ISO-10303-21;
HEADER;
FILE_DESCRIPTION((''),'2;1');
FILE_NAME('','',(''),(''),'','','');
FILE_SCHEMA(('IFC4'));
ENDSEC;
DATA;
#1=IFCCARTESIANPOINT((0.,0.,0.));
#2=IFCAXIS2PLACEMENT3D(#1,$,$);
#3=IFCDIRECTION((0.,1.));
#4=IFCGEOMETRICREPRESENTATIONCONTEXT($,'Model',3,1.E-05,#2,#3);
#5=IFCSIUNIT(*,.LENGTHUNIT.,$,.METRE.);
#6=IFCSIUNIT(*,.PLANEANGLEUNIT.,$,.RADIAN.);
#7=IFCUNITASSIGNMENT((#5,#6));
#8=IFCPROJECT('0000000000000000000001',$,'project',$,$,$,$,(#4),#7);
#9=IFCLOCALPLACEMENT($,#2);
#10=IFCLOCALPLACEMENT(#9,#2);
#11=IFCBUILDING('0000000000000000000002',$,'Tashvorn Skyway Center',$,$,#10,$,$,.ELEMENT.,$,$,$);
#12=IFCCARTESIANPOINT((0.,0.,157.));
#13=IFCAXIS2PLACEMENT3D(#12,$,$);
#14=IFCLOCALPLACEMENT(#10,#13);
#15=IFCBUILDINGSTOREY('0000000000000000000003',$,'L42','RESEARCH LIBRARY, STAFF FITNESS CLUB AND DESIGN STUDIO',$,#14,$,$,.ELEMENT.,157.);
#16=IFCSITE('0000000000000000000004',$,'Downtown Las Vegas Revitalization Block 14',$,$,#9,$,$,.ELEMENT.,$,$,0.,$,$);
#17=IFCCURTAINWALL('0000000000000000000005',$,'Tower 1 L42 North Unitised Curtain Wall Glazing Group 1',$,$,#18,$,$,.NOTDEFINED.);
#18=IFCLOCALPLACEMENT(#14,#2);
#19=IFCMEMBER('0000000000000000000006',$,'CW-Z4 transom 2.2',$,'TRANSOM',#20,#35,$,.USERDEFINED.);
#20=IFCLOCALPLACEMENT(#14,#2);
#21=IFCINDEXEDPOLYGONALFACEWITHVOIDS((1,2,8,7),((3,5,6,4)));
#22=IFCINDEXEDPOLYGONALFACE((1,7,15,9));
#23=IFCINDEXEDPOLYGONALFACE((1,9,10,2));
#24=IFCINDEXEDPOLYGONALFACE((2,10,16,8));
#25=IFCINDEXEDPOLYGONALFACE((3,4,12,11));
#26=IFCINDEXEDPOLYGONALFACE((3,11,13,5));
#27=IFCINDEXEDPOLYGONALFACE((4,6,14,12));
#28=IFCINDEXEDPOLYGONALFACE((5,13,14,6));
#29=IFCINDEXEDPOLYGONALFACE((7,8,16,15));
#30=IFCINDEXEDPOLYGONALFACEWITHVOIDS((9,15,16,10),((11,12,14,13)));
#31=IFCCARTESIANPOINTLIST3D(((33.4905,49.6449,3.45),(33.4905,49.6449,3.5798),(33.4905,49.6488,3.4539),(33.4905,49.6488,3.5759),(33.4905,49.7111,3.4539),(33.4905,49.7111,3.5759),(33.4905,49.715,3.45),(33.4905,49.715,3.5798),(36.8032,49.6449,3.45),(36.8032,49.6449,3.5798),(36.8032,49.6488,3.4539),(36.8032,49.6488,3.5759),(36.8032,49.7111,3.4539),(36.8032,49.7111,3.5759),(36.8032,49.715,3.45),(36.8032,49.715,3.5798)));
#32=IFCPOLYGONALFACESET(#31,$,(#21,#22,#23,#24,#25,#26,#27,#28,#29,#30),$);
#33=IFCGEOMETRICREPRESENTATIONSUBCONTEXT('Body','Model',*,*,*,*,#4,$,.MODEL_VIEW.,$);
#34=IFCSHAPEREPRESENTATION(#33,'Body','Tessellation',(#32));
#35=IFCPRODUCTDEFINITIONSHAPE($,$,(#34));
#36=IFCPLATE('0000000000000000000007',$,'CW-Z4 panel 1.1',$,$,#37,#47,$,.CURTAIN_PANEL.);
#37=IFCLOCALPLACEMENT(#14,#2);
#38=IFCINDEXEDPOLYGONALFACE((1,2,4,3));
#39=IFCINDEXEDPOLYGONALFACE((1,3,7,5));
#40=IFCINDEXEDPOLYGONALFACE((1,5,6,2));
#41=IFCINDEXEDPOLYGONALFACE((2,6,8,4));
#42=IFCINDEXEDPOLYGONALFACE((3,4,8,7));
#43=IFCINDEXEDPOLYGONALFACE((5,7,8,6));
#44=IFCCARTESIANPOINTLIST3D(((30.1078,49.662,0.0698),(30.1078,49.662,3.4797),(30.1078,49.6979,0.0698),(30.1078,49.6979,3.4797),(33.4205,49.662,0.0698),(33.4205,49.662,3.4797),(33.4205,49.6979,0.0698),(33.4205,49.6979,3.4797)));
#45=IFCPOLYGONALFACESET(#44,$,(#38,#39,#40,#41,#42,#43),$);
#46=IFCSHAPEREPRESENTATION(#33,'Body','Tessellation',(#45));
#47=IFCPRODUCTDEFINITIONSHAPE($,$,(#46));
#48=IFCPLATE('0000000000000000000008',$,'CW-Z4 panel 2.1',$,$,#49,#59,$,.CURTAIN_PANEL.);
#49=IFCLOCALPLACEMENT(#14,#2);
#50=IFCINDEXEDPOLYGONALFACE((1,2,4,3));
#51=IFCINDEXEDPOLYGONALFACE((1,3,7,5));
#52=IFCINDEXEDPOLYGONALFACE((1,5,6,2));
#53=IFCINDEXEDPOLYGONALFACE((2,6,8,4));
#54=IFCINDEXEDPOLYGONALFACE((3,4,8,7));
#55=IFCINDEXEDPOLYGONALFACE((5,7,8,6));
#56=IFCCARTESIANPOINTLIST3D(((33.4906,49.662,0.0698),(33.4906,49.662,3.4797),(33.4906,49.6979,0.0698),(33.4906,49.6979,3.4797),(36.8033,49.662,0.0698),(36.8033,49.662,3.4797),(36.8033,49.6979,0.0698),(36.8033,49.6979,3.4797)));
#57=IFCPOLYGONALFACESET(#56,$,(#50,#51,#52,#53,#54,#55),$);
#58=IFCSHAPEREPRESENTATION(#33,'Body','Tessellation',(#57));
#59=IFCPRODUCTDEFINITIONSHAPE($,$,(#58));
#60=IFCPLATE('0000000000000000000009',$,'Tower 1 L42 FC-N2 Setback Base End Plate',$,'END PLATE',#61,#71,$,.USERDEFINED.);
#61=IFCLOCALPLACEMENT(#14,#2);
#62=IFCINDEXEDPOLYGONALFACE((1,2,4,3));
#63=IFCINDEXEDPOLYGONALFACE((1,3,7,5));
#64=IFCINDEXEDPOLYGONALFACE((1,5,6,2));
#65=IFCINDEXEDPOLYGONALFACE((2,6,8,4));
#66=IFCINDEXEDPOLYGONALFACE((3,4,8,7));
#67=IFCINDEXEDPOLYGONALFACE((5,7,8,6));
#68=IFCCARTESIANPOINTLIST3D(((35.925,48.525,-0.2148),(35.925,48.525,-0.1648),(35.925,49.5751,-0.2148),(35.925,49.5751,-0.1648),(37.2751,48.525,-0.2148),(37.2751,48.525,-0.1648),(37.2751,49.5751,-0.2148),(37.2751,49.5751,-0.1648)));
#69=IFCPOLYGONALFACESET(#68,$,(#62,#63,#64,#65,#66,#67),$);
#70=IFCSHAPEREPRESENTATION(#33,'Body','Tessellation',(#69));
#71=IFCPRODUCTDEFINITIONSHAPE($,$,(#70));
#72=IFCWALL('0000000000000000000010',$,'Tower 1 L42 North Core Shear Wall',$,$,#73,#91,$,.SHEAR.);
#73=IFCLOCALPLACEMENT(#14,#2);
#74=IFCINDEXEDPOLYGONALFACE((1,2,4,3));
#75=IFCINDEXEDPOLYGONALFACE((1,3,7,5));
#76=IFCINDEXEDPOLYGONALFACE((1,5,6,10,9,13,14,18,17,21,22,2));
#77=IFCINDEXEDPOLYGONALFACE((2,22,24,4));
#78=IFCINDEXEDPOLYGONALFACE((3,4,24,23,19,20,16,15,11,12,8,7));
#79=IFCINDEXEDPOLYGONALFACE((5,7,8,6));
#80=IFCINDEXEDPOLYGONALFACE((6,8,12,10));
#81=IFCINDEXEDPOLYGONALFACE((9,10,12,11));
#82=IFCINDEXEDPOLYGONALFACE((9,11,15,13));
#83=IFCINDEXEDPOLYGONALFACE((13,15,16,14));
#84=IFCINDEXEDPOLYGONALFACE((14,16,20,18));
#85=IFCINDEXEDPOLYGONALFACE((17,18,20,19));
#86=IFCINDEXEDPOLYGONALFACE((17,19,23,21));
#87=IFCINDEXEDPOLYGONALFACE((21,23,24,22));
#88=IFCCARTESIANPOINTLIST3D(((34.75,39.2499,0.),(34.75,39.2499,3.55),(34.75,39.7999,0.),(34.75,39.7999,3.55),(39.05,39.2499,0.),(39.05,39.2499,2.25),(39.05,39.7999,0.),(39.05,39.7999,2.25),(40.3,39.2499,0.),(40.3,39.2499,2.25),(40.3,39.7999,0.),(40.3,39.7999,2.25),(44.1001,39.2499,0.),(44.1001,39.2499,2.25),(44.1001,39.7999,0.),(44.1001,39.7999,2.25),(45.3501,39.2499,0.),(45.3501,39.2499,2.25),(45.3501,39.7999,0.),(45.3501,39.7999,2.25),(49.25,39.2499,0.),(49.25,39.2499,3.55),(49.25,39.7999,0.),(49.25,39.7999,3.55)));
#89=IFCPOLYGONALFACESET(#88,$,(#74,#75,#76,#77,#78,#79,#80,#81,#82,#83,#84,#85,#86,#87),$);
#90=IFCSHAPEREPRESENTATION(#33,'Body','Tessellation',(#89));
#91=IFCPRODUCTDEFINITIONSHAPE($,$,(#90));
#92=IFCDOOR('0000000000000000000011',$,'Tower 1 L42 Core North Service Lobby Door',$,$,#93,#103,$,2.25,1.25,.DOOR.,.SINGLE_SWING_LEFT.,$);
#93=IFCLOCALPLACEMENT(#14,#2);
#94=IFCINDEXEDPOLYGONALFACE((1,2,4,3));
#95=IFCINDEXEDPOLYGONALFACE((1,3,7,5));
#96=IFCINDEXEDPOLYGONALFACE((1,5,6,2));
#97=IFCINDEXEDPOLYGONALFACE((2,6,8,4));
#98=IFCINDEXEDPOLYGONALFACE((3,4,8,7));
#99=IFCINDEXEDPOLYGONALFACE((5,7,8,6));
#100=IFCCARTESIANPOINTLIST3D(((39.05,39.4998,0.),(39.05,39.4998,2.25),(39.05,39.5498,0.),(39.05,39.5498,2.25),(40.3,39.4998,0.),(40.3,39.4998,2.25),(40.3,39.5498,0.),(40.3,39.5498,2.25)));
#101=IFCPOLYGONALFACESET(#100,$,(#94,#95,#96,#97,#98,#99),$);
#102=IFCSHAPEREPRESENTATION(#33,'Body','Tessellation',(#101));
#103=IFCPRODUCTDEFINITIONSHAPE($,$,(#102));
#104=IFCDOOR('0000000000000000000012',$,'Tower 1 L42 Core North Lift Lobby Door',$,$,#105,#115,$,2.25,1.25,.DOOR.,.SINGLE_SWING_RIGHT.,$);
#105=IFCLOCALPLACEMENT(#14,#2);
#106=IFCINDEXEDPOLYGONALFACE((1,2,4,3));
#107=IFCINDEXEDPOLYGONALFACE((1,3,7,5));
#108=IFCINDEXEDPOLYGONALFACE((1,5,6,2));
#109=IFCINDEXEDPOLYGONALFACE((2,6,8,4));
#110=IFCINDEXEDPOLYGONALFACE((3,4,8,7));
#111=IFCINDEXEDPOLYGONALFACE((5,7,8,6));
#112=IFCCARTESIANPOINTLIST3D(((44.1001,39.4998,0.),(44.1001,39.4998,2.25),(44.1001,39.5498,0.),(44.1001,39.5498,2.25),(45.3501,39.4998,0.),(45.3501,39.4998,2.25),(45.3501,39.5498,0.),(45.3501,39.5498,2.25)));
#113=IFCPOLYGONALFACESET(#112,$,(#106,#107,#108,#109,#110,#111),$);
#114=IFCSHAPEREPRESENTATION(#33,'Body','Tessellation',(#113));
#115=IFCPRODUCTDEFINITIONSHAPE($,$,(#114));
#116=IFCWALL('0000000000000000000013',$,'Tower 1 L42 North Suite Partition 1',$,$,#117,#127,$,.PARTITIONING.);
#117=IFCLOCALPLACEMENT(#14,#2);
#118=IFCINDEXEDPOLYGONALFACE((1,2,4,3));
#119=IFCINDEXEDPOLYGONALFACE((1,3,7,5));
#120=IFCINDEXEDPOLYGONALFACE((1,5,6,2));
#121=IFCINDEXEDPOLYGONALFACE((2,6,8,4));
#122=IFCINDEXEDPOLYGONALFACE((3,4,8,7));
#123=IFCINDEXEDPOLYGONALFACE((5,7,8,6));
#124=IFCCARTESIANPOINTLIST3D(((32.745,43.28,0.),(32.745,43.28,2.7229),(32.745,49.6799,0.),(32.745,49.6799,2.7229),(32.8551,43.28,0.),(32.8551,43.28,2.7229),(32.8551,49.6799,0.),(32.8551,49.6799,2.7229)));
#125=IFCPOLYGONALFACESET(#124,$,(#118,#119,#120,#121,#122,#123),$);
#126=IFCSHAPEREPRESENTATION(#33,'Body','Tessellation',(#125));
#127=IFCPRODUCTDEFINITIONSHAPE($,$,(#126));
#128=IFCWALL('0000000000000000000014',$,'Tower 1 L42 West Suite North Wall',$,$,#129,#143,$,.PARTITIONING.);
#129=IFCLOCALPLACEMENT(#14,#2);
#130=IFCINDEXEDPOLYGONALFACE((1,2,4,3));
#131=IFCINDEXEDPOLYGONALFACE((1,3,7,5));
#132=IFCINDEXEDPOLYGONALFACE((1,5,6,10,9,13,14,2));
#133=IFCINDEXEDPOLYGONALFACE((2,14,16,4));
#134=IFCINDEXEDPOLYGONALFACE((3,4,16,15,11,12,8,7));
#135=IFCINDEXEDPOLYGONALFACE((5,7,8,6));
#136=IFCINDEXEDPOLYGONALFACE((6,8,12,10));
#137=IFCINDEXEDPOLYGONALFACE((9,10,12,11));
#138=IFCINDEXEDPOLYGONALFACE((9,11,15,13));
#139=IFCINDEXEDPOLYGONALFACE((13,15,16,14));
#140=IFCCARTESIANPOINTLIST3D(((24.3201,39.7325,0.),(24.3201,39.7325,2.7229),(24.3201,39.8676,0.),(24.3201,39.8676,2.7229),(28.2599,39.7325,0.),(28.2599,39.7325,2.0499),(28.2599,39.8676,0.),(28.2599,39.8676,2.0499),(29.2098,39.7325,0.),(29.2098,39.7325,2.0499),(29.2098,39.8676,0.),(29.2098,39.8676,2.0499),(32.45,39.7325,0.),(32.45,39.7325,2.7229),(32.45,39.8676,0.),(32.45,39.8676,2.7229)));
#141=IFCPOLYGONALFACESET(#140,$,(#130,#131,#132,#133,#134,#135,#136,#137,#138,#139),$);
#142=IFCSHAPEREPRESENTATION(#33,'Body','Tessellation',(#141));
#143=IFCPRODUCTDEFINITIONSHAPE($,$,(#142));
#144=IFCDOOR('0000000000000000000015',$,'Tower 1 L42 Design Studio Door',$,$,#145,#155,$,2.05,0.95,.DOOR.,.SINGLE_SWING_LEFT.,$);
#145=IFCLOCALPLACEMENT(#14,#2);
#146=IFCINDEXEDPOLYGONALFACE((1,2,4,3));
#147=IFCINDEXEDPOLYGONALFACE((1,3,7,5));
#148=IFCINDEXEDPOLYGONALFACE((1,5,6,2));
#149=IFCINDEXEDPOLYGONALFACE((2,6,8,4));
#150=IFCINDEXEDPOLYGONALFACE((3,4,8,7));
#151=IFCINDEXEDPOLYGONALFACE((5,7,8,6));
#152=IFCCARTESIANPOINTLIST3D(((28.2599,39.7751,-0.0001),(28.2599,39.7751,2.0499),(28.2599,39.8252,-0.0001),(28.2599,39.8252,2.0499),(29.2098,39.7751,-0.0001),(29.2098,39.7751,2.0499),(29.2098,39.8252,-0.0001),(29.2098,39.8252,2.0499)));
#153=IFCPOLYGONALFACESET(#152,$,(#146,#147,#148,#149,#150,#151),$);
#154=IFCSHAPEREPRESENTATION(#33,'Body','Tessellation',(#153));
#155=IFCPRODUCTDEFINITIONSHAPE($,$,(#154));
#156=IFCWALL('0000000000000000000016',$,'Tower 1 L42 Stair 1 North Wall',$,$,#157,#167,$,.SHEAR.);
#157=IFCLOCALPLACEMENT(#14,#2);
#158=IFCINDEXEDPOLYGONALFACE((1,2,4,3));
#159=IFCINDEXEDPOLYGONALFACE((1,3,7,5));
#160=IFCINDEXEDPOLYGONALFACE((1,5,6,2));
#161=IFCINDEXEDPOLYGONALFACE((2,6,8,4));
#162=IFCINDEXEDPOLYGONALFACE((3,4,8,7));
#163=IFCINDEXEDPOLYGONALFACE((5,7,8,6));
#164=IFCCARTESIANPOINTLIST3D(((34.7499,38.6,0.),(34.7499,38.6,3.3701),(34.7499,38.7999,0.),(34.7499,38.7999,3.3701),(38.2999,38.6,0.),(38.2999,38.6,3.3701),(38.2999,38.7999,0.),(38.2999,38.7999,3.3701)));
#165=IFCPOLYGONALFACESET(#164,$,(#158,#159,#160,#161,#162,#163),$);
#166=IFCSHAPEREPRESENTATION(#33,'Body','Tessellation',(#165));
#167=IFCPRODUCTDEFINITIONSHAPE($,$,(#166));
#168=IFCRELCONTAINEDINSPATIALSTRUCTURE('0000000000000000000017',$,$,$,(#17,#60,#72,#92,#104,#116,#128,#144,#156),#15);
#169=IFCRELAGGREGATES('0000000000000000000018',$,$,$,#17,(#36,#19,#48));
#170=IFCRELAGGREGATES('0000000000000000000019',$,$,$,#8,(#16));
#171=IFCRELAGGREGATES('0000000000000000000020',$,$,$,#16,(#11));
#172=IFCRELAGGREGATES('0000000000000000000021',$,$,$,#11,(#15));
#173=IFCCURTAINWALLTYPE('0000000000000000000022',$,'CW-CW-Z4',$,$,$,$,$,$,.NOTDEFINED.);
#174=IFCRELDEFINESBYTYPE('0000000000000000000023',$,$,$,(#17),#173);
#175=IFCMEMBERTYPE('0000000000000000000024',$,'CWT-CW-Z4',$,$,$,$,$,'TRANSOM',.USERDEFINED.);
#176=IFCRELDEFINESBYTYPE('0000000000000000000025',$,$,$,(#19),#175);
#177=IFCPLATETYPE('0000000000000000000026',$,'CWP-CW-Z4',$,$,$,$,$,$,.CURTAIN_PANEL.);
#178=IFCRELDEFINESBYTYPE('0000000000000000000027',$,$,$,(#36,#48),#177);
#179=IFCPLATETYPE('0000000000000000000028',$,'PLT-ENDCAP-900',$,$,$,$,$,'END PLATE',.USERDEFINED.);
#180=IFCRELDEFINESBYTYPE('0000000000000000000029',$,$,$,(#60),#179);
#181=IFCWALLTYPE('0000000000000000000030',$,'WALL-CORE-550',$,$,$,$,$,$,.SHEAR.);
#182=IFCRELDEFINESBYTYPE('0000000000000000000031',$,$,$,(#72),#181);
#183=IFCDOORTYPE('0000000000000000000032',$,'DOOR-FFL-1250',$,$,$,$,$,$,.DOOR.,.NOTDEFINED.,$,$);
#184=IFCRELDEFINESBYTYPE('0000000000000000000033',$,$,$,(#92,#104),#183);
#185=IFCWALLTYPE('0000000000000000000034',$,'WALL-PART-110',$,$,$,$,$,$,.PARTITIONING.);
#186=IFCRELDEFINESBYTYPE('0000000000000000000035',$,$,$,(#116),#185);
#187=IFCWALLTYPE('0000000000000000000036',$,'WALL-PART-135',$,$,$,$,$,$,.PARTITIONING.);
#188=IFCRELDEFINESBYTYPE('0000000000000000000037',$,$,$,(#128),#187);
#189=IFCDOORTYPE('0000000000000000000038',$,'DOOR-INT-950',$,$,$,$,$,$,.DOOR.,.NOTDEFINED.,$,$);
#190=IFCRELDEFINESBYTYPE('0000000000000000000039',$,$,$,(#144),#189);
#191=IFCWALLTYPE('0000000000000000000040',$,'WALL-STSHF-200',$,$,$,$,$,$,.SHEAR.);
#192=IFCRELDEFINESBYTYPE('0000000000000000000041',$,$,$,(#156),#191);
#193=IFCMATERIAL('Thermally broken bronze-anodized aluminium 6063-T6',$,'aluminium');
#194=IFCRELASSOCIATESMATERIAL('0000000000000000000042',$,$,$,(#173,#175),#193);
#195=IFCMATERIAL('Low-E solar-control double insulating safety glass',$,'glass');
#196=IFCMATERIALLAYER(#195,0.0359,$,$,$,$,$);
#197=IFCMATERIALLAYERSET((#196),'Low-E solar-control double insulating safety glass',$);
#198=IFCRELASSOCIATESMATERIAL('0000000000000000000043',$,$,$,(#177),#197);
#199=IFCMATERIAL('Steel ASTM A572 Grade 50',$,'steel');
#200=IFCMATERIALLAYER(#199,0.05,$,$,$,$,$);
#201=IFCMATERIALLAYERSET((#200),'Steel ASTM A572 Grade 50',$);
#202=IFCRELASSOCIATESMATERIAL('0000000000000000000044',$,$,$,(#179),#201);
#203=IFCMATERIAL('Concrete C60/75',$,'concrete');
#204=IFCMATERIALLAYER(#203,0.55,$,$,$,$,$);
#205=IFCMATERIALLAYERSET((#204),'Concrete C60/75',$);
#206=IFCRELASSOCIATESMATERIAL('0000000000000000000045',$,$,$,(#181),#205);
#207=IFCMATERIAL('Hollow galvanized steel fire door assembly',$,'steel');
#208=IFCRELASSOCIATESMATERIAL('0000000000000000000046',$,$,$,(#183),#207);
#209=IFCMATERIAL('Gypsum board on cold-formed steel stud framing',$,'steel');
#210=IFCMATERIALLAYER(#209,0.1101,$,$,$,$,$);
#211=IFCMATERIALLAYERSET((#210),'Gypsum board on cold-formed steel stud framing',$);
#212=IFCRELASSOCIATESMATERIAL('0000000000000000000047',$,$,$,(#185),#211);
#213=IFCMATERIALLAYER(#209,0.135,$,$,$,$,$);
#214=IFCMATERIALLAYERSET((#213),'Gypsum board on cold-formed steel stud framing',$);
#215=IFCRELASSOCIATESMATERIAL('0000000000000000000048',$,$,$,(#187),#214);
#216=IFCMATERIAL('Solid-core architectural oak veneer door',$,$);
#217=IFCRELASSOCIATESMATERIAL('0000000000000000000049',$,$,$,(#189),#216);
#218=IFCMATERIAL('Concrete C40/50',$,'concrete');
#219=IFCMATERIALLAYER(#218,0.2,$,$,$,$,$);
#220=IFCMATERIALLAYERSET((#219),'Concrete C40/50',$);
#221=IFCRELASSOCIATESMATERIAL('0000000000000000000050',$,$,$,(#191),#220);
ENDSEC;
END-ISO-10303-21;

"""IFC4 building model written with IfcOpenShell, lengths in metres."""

from ifc_helpers import new_model, si_unit, direction, frame, frame_2d, origin, origin_2d, place, context, subcontext, project, spatial, rectangle, hollow_rectangle, extrude, material, layer, layer_set, material_profile, profile_set, type_object, element, fill, aggregate, save


model = new_model("IFC4")

# Units and contexts
model_context = context("Model", 3, precision=1e-05, world=origin(), true_north=direction((0.0, 1.0)))
body_context = subcontext(model_context, "Body", "Model", "MODEL_VIEW")
ifc_project = project(units=[si_unit("LENGTHUNIT", "METRE"), si_unit("PLANEANGLEUNIT", "RADIAN")], contexts=[model_context])

# Site, building, storey
site_placement = place(None, origin())
site = spatial("IfcSite", under=ifc_project, at=site_placement, Name="Downtown Las Vegas Revitalization Block 14", CompositionType="ELEMENT", RefElevation=0.0)
building_placement = place(site_placement, origin())
building = spatial("IfcBuilding", under=site, at=building_placement, Name="Tashvorn Skyway Center", CompositionType="ELEMENT")
storey_placement = place(building_placement, frame((0.0, 0.0, 157.0)))
storey = spatial("IfcBuildingStorey", under=building, at=storey_placement, Name="L42", Description="RESEARCH LIBRARY, STAFF FITNESS CLUB AND DESIGN STUDIO", CompositionType="ELEMENT", Elevation=157.0)

# Shared definitions
ifc_material_1 = material(Name="Steel ASTM A572 Grade 50", Category="steel")

# Curtain wall, member, plates
ifc_material_2 = material(Name="Thermally broken bronze-anodized aluminium 6063-T6", Category="aluminium")
curtain_wall_type = type_object("IfcCurtainWallType", Name="CW-CW-Z4", PredefinedType="NOTDEFINED", material=ifc_material_2)
curtain_wall_placement = place(storey_placement, origin())
curtain_wall = element("IfcCurtainWall", 1, at=curtain_wall_placement, inside=storey, type_object=curtain_wall_type, Name="Tower 1 L42 North Unitised Curtain Wall Glazing Group 1", PredefinedType="NOTDEFINED")
ifc_material_profile_1 = material_profile(ifc_material_2, hollow_rectangle(XDim=0.0701, YDim=0.1299, WallThickness=0.0039, at=origin_2d()), Name="ALU-TRAN-70x130")
ifc_profile_set_1 = profile_set([ifc_material_profile_1], Name="Thermally broken bronze-anodized aluminium 6063-T6")
member_type_1 = type_object("IfcMemberType", Name="CWT-CW-Z4", ElementType="TRANSOM", PredefinedType="USERDEFINED", material=ifc_profile_set_1)
member_1_placement = place(storey_placement, frame((33.4905, 49.6799, 3.5149), z_axis=(1.0, 0.0, 0.0), x_axis=(0.0, 1.0, 0.0)))
member_1 = element("IfcMember", 2, at=member_1_placement, type_object=member_type_1, Name="CW-Z4 transom 2.2", ObjectType="TRANSOM", PredefinedType="USERDEFINED", context=body_context, shape_type="SweptSolid", body=[
    extrude(hollow_rectangle(XDim=0.0701, YDim=0.1299, WallThickness=0.0039, at=origin_2d()), origin(), (0.0, 0.0, 1.0), 3.3127),
])
ifc_material_3 = material(Name="Low-E solar-control double insulating safety glass", Category="glass")
ifc_layer_1 = layer(ifc_material_3, 0.0359)
ifc_layer_set_1 = layer_set([ifc_layer_1], Name="Low-E solar-control double insulating safety glass")
plate_type_1 = type_object("IfcPlateType", Name="CWP-CW-Z4", PredefinedType="CURTAIN_PANEL", material=ifc_layer_set_1)
plate_1_placement = place(storey_placement, frame((31.7642, 49.6799, 0.0698), z_axis=(0.0, 0.0, 1.0), x_axis=(1.0, 0.0, 0.0)))
plate_1 = element("IfcPlate", 3, at=plate_1_placement, type_object=plate_type_1, Name="CW-Z4 panel 1.1", PredefinedType="CURTAIN_PANEL", context=body_context, shape_type="SweptSolid", body=[
    extrude(rectangle(XDim=3.3127, YDim=0.0359, at=origin_2d()), origin(), (0.0, 0.0, 1.0), 3.4099),
])
plate_2_placement = place(storey_placement, frame((35.147, 49.6799, 0.0698), z_axis=(0.0, 0.0, 1.0), x_axis=(1.0, 0.0, 0.0)))
plate_2 = element("IfcPlate", 4, at=plate_2_placement, type_object=plate_type_1, Name="CW-Z4 panel 2.1", PredefinedType="CURTAIN_PANEL", context=body_context, shape_type="SweptSolid", body=[
    extrude(rectangle(XDim=3.3127, YDim=0.0359, at=origin_2d()), origin(), (0.0, 0.0, 1.0), 3.4099),
])
aggregate(curtain_wall, [plate_1, member_1, plate_2])

# Plate
ifc_layer_2 = layer(ifc_material_1, 0.05)
ifc_layer_set_2 = layer_set([ifc_layer_2], Name="Steel ASTM A572 Grade 50")
plate_type_2 = type_object("IfcPlateType", Name="PLT-ENDCAP-900", ElementType="END PLATE", PredefinedType="USERDEFINED", material=ifc_layer_set_2)
plate_3_placement = place(storey_placement, frame((36.6001, 49.05, -0.2148), z_axis=(0.0, 0.0, 1.0), x_axis=(1.0, 0.0, 0.0)))
element("IfcPlate", 5, at=plate_3_placement, inside=storey, type_object=plate_type_2, Name="Tower 1 L42 FC-N2 Setback Base End Plate", ObjectType="END PLATE", PredefinedType="USERDEFINED", context=body_context, shape_type="SweptSolid", body=[
    extrude(rectangle(XDim=1.3501, YDim=1.05, at=origin_2d()), origin(), (0.0, 0.0, 1.0), 0.05),
])

# Wall, openings, doors
ifc_material_4 = material(Name="Concrete C60/75", Category="concrete")
ifc_layer_3 = layer(ifc_material_4, 0.55)
ifc_layer_set_3 = layer_set([ifc_layer_3], Name="Concrete C60/75")
wall_type_1 = type_object("IfcWallType", Name="WALL-CORE-550", PredefinedType="SHEAR", material=ifc_layer_set_3)
wall_1_placement = place(storey_placement, frame((34.75, 39.5249, 0.0), z_axis=(0.0, 0.0, 1.0), x_axis=(1.0, 0.0, 0.0)))
wall_1 = element("IfcWall", 6, at=wall_1_placement, inside=storey, type_object=wall_type_1, Name="Tower 1 L42 North Core Shear Wall", PredefinedType="SHEAR", context=body_context, shape_type="SweptSolid", body=[
    extrude(rectangle(XDim=14.5, YDim=0.55, at=frame_2d((7.25, 0.0))), origin(), (0.0, 0.0, 1.0), 3.55),
])
opening_1_placement = place(wall_1_placement, frame((4.3, 0.0, 0.0)))
opening_1 = element("IfcOpeningElement", 7, at=opening_1_placement, cuts=wall_1, PredefinedType="OPENING", context=body_context, shape_type="SweptSolid", body=[
    extrude(rectangle(XDim=1.25, YDim=2.25, at=frame_2d((0.625, 1.125))), frame((0.0, 0.2849, 0.0), z_axis=(0.0, -1.0, 0.0), x_axis=(1.0, 0.0, 0.0)), (0.0, 0.0, 1.0), 0.5701),
])
opening_2_placement = place(wall_1_placement, frame((9.3501, 0.0, 0.0)))
opening_2 = element("IfcOpeningElement", 8, at=opening_2_placement, cuts=wall_1, PredefinedType="OPENING", context=body_context, shape_type="SweptSolid", body=[
    extrude(rectangle(XDim=1.25, YDim=2.25, at=frame_2d((0.625, 1.125))), frame((0.0, 0.2849, 0.0), z_axis=(0.0, -1.0, 0.0), x_axis=(1.0, 0.0, 0.0)), (0.0, 0.0, 1.0), 0.5701),
])
ifc_material_5 = material(Name="Hollow galvanized steel fire door assembly", Category="steel")
door_type_1 = type_object("IfcDoorType", Name="DOOR-FFL-1250", OperationType="NOTDEFINED", PredefinedType="DOOR", material=ifc_material_5)
door_1_placement = place(opening_1_placement, origin())
door_1 = element("IfcDoor", 9, at=door_1_placement, inside=storey, type_object=door_type_1, Name="Tower 1 L42 Core North Service Lobby Door", OperationType="SINGLE_SWING_LEFT", OverallHeight=2.25, OverallWidth=1.25, PredefinedType="DOOR", context=body_context, shape_type="SweptSolid", body=[
    extrude(rectangle(XDim=1.25, YDim=2.25, at=frame_2d((0.625, 1.125))), frame((0.0, 0.0249, 0.0), z_axis=(0.0, -1.0, 0.0), x_axis=(1.0, 0.0, 0.0)), (0.0, 0.0, 1.0), 0.05),
])
fill(opening_1, door_1)
door_2_placement = place(opening_2_placement, origin())
door_2 = element("IfcDoor", 10, at=door_2_placement, inside=storey, type_object=door_type_1, Name="Tower 1 L42 Core North Lift Lobby Door", OperationType="SINGLE_SWING_RIGHT", OverallHeight=2.25, OverallWidth=1.25, PredefinedType="DOOR", context=body_context, shape_type="SweptSolid", body=[
    extrude(rectangle(XDim=1.25, YDim=2.25, at=frame_2d((0.625, 1.125))), frame((0.0, 0.0249, 0.0), z_axis=(0.0, -1.0, 0.0), x_axis=(1.0, 0.0, 0.0)), (0.0, 0.0, 1.0), 0.05),
])
fill(opening_2, door_2)

# Wall
ifc_material_6 = material(Name="Gypsum board on cold-formed steel stud framing", Category="steel")
ifc_layer_4 = layer(ifc_material_6, 0.1101)
ifc_layer_set_4 = layer_set([ifc_layer_4], Name="Gypsum board on cold-formed steel stud framing")
wall_type_2 = type_object("IfcWallType", Name="WALL-PART-110", PredefinedType="PARTITIONING", material=ifc_layer_set_4)
wall_2_placement = place(storey_placement, frame((32.8, 43.28, 0.0), z_axis=(0.0, 0.0, 1.0), x_axis=(0.0, 1.0, 0.0)))
element("IfcWall", 11, at=wall_2_placement, inside=storey, type_object=wall_type_2, Name="Tower 1 L42 North Suite Partition 1", PredefinedType="PARTITIONING", context=body_context, shape_type="SweptSolid", body=[
    extrude(rectangle(XDim=6.3999, YDim=0.1101, at=frame_2d((3.2, 0.0))), origin(), (0.0, 0.0, 1.0), 2.7229),
])

# Wall, opening, door
ifc_layer_5 = layer(ifc_material_6, 0.135)
ifc_layer_set_5 = layer_set([ifc_layer_5], Name="Gypsum board on cold-formed steel stud framing")
wall_type_3 = type_object("IfcWallType", Name="WALL-PART-135", PredefinedType="PARTITIONING", material=ifc_layer_set_5)
wall_3_placement = place(storey_placement, frame((32.45, 39.8, 0.0), z_axis=(0.0, 0.0, 1.0), x_axis=(-1.0, 0.0, 0.0)))
wall_3 = element("IfcWall", 12, at=wall_3_placement, inside=storey, type_object=wall_type_3, Name="Tower 1 L42 West Suite North Wall", PredefinedType="PARTITIONING", context=body_context, shape_type="SweptSolid", body=[
    extrude(rectangle(XDim=8.1299, YDim=0.135, at=frame_2d((4.0649, 0.0))), origin(), (0.0, 0.0, 1.0), 2.7229),
])
opening_3_placement = place(wall_3_placement, frame((3.24, 0.0, 0.0)))
opening_3 = element("IfcOpeningElement", 13, at=opening_3_placement, cuts=wall_3, PredefinedType="OPENING", context=body_context, shape_type="SweptSolid", body=[
    extrude(rectangle(XDim=0.95, YDim=2.05, at=frame_2d((0.4751, 1.0249))), frame((0.0, 0.0774, 0.0), z_axis=(0.0, -1.0, 0.0), x_axis=(1.0, 0.0, 0.0)), (0.0, 0.0, 1.0), 0.155),
])
ifc_material_7 = material(Name="Solid-core architectural oak veneer door")
door_type_2 = type_object("IfcDoorType", Name="DOOR-INT-950", OperationType="NOTDEFINED", PredefinedType="DOOR", material=ifc_material_7)
door_3_placement = place(opening_3_placement, origin())
door_3 = element("IfcDoor", 14, at=door_3_placement, inside=storey, type_object=door_type_2, Name="Tower 1 L42 Design Studio Door", OperationType="SINGLE_SWING_LEFT", OverallHeight=2.05, OverallWidth=0.95, PredefinedType="DOOR", context=body_context, shape_type="SweptSolid", body=[
    extrude(rectangle(XDim=0.95, YDim=2.05, at=frame_2d((0.4751, 1.0249))), frame((0.0, 0.0249, 0.0), z_axis=(0.0, -1.0, 0.0), x_axis=(1.0, 0.0, 0.0)), (0.0, 0.0, 1.0), 0.05),
])
fill(opening_3, door_3)

# Wall
ifc_material_8 = material(Name="Concrete C40/50", Category="concrete")
ifc_layer_6 = layer(ifc_material_8, 0.2)
ifc_layer_set_6 = layer_set([ifc_layer_6], Name="Concrete C40/50")
wall_type_4 = type_object("IfcWallType", Name="WALL-STSHF-200", PredefinedType="SHEAR", material=ifc_layer_set_6)
wall_4_placement = place(storey_placement, frame((34.75, 38.7, 0.0), z_axis=(0.0, 0.0, 1.0), x_axis=(1.0, 0.0, 0.0)))
element("IfcWall", 15, at=wall_4_placement, inside=storey, type_object=wall_type_4, Name="Tower 1 L42 Stair 1 North Wall", PredefinedType="SHEAR", context=body_context, shape_type="SweptSolid", body=[
    extrude(rectangle(XDim=3.55, YDim=0.2, at=frame_2d((1.7749, 0.0))), origin(), (0.0, 0.0, 1.0), 3.3701),
])

save(model, "model.ifc")
